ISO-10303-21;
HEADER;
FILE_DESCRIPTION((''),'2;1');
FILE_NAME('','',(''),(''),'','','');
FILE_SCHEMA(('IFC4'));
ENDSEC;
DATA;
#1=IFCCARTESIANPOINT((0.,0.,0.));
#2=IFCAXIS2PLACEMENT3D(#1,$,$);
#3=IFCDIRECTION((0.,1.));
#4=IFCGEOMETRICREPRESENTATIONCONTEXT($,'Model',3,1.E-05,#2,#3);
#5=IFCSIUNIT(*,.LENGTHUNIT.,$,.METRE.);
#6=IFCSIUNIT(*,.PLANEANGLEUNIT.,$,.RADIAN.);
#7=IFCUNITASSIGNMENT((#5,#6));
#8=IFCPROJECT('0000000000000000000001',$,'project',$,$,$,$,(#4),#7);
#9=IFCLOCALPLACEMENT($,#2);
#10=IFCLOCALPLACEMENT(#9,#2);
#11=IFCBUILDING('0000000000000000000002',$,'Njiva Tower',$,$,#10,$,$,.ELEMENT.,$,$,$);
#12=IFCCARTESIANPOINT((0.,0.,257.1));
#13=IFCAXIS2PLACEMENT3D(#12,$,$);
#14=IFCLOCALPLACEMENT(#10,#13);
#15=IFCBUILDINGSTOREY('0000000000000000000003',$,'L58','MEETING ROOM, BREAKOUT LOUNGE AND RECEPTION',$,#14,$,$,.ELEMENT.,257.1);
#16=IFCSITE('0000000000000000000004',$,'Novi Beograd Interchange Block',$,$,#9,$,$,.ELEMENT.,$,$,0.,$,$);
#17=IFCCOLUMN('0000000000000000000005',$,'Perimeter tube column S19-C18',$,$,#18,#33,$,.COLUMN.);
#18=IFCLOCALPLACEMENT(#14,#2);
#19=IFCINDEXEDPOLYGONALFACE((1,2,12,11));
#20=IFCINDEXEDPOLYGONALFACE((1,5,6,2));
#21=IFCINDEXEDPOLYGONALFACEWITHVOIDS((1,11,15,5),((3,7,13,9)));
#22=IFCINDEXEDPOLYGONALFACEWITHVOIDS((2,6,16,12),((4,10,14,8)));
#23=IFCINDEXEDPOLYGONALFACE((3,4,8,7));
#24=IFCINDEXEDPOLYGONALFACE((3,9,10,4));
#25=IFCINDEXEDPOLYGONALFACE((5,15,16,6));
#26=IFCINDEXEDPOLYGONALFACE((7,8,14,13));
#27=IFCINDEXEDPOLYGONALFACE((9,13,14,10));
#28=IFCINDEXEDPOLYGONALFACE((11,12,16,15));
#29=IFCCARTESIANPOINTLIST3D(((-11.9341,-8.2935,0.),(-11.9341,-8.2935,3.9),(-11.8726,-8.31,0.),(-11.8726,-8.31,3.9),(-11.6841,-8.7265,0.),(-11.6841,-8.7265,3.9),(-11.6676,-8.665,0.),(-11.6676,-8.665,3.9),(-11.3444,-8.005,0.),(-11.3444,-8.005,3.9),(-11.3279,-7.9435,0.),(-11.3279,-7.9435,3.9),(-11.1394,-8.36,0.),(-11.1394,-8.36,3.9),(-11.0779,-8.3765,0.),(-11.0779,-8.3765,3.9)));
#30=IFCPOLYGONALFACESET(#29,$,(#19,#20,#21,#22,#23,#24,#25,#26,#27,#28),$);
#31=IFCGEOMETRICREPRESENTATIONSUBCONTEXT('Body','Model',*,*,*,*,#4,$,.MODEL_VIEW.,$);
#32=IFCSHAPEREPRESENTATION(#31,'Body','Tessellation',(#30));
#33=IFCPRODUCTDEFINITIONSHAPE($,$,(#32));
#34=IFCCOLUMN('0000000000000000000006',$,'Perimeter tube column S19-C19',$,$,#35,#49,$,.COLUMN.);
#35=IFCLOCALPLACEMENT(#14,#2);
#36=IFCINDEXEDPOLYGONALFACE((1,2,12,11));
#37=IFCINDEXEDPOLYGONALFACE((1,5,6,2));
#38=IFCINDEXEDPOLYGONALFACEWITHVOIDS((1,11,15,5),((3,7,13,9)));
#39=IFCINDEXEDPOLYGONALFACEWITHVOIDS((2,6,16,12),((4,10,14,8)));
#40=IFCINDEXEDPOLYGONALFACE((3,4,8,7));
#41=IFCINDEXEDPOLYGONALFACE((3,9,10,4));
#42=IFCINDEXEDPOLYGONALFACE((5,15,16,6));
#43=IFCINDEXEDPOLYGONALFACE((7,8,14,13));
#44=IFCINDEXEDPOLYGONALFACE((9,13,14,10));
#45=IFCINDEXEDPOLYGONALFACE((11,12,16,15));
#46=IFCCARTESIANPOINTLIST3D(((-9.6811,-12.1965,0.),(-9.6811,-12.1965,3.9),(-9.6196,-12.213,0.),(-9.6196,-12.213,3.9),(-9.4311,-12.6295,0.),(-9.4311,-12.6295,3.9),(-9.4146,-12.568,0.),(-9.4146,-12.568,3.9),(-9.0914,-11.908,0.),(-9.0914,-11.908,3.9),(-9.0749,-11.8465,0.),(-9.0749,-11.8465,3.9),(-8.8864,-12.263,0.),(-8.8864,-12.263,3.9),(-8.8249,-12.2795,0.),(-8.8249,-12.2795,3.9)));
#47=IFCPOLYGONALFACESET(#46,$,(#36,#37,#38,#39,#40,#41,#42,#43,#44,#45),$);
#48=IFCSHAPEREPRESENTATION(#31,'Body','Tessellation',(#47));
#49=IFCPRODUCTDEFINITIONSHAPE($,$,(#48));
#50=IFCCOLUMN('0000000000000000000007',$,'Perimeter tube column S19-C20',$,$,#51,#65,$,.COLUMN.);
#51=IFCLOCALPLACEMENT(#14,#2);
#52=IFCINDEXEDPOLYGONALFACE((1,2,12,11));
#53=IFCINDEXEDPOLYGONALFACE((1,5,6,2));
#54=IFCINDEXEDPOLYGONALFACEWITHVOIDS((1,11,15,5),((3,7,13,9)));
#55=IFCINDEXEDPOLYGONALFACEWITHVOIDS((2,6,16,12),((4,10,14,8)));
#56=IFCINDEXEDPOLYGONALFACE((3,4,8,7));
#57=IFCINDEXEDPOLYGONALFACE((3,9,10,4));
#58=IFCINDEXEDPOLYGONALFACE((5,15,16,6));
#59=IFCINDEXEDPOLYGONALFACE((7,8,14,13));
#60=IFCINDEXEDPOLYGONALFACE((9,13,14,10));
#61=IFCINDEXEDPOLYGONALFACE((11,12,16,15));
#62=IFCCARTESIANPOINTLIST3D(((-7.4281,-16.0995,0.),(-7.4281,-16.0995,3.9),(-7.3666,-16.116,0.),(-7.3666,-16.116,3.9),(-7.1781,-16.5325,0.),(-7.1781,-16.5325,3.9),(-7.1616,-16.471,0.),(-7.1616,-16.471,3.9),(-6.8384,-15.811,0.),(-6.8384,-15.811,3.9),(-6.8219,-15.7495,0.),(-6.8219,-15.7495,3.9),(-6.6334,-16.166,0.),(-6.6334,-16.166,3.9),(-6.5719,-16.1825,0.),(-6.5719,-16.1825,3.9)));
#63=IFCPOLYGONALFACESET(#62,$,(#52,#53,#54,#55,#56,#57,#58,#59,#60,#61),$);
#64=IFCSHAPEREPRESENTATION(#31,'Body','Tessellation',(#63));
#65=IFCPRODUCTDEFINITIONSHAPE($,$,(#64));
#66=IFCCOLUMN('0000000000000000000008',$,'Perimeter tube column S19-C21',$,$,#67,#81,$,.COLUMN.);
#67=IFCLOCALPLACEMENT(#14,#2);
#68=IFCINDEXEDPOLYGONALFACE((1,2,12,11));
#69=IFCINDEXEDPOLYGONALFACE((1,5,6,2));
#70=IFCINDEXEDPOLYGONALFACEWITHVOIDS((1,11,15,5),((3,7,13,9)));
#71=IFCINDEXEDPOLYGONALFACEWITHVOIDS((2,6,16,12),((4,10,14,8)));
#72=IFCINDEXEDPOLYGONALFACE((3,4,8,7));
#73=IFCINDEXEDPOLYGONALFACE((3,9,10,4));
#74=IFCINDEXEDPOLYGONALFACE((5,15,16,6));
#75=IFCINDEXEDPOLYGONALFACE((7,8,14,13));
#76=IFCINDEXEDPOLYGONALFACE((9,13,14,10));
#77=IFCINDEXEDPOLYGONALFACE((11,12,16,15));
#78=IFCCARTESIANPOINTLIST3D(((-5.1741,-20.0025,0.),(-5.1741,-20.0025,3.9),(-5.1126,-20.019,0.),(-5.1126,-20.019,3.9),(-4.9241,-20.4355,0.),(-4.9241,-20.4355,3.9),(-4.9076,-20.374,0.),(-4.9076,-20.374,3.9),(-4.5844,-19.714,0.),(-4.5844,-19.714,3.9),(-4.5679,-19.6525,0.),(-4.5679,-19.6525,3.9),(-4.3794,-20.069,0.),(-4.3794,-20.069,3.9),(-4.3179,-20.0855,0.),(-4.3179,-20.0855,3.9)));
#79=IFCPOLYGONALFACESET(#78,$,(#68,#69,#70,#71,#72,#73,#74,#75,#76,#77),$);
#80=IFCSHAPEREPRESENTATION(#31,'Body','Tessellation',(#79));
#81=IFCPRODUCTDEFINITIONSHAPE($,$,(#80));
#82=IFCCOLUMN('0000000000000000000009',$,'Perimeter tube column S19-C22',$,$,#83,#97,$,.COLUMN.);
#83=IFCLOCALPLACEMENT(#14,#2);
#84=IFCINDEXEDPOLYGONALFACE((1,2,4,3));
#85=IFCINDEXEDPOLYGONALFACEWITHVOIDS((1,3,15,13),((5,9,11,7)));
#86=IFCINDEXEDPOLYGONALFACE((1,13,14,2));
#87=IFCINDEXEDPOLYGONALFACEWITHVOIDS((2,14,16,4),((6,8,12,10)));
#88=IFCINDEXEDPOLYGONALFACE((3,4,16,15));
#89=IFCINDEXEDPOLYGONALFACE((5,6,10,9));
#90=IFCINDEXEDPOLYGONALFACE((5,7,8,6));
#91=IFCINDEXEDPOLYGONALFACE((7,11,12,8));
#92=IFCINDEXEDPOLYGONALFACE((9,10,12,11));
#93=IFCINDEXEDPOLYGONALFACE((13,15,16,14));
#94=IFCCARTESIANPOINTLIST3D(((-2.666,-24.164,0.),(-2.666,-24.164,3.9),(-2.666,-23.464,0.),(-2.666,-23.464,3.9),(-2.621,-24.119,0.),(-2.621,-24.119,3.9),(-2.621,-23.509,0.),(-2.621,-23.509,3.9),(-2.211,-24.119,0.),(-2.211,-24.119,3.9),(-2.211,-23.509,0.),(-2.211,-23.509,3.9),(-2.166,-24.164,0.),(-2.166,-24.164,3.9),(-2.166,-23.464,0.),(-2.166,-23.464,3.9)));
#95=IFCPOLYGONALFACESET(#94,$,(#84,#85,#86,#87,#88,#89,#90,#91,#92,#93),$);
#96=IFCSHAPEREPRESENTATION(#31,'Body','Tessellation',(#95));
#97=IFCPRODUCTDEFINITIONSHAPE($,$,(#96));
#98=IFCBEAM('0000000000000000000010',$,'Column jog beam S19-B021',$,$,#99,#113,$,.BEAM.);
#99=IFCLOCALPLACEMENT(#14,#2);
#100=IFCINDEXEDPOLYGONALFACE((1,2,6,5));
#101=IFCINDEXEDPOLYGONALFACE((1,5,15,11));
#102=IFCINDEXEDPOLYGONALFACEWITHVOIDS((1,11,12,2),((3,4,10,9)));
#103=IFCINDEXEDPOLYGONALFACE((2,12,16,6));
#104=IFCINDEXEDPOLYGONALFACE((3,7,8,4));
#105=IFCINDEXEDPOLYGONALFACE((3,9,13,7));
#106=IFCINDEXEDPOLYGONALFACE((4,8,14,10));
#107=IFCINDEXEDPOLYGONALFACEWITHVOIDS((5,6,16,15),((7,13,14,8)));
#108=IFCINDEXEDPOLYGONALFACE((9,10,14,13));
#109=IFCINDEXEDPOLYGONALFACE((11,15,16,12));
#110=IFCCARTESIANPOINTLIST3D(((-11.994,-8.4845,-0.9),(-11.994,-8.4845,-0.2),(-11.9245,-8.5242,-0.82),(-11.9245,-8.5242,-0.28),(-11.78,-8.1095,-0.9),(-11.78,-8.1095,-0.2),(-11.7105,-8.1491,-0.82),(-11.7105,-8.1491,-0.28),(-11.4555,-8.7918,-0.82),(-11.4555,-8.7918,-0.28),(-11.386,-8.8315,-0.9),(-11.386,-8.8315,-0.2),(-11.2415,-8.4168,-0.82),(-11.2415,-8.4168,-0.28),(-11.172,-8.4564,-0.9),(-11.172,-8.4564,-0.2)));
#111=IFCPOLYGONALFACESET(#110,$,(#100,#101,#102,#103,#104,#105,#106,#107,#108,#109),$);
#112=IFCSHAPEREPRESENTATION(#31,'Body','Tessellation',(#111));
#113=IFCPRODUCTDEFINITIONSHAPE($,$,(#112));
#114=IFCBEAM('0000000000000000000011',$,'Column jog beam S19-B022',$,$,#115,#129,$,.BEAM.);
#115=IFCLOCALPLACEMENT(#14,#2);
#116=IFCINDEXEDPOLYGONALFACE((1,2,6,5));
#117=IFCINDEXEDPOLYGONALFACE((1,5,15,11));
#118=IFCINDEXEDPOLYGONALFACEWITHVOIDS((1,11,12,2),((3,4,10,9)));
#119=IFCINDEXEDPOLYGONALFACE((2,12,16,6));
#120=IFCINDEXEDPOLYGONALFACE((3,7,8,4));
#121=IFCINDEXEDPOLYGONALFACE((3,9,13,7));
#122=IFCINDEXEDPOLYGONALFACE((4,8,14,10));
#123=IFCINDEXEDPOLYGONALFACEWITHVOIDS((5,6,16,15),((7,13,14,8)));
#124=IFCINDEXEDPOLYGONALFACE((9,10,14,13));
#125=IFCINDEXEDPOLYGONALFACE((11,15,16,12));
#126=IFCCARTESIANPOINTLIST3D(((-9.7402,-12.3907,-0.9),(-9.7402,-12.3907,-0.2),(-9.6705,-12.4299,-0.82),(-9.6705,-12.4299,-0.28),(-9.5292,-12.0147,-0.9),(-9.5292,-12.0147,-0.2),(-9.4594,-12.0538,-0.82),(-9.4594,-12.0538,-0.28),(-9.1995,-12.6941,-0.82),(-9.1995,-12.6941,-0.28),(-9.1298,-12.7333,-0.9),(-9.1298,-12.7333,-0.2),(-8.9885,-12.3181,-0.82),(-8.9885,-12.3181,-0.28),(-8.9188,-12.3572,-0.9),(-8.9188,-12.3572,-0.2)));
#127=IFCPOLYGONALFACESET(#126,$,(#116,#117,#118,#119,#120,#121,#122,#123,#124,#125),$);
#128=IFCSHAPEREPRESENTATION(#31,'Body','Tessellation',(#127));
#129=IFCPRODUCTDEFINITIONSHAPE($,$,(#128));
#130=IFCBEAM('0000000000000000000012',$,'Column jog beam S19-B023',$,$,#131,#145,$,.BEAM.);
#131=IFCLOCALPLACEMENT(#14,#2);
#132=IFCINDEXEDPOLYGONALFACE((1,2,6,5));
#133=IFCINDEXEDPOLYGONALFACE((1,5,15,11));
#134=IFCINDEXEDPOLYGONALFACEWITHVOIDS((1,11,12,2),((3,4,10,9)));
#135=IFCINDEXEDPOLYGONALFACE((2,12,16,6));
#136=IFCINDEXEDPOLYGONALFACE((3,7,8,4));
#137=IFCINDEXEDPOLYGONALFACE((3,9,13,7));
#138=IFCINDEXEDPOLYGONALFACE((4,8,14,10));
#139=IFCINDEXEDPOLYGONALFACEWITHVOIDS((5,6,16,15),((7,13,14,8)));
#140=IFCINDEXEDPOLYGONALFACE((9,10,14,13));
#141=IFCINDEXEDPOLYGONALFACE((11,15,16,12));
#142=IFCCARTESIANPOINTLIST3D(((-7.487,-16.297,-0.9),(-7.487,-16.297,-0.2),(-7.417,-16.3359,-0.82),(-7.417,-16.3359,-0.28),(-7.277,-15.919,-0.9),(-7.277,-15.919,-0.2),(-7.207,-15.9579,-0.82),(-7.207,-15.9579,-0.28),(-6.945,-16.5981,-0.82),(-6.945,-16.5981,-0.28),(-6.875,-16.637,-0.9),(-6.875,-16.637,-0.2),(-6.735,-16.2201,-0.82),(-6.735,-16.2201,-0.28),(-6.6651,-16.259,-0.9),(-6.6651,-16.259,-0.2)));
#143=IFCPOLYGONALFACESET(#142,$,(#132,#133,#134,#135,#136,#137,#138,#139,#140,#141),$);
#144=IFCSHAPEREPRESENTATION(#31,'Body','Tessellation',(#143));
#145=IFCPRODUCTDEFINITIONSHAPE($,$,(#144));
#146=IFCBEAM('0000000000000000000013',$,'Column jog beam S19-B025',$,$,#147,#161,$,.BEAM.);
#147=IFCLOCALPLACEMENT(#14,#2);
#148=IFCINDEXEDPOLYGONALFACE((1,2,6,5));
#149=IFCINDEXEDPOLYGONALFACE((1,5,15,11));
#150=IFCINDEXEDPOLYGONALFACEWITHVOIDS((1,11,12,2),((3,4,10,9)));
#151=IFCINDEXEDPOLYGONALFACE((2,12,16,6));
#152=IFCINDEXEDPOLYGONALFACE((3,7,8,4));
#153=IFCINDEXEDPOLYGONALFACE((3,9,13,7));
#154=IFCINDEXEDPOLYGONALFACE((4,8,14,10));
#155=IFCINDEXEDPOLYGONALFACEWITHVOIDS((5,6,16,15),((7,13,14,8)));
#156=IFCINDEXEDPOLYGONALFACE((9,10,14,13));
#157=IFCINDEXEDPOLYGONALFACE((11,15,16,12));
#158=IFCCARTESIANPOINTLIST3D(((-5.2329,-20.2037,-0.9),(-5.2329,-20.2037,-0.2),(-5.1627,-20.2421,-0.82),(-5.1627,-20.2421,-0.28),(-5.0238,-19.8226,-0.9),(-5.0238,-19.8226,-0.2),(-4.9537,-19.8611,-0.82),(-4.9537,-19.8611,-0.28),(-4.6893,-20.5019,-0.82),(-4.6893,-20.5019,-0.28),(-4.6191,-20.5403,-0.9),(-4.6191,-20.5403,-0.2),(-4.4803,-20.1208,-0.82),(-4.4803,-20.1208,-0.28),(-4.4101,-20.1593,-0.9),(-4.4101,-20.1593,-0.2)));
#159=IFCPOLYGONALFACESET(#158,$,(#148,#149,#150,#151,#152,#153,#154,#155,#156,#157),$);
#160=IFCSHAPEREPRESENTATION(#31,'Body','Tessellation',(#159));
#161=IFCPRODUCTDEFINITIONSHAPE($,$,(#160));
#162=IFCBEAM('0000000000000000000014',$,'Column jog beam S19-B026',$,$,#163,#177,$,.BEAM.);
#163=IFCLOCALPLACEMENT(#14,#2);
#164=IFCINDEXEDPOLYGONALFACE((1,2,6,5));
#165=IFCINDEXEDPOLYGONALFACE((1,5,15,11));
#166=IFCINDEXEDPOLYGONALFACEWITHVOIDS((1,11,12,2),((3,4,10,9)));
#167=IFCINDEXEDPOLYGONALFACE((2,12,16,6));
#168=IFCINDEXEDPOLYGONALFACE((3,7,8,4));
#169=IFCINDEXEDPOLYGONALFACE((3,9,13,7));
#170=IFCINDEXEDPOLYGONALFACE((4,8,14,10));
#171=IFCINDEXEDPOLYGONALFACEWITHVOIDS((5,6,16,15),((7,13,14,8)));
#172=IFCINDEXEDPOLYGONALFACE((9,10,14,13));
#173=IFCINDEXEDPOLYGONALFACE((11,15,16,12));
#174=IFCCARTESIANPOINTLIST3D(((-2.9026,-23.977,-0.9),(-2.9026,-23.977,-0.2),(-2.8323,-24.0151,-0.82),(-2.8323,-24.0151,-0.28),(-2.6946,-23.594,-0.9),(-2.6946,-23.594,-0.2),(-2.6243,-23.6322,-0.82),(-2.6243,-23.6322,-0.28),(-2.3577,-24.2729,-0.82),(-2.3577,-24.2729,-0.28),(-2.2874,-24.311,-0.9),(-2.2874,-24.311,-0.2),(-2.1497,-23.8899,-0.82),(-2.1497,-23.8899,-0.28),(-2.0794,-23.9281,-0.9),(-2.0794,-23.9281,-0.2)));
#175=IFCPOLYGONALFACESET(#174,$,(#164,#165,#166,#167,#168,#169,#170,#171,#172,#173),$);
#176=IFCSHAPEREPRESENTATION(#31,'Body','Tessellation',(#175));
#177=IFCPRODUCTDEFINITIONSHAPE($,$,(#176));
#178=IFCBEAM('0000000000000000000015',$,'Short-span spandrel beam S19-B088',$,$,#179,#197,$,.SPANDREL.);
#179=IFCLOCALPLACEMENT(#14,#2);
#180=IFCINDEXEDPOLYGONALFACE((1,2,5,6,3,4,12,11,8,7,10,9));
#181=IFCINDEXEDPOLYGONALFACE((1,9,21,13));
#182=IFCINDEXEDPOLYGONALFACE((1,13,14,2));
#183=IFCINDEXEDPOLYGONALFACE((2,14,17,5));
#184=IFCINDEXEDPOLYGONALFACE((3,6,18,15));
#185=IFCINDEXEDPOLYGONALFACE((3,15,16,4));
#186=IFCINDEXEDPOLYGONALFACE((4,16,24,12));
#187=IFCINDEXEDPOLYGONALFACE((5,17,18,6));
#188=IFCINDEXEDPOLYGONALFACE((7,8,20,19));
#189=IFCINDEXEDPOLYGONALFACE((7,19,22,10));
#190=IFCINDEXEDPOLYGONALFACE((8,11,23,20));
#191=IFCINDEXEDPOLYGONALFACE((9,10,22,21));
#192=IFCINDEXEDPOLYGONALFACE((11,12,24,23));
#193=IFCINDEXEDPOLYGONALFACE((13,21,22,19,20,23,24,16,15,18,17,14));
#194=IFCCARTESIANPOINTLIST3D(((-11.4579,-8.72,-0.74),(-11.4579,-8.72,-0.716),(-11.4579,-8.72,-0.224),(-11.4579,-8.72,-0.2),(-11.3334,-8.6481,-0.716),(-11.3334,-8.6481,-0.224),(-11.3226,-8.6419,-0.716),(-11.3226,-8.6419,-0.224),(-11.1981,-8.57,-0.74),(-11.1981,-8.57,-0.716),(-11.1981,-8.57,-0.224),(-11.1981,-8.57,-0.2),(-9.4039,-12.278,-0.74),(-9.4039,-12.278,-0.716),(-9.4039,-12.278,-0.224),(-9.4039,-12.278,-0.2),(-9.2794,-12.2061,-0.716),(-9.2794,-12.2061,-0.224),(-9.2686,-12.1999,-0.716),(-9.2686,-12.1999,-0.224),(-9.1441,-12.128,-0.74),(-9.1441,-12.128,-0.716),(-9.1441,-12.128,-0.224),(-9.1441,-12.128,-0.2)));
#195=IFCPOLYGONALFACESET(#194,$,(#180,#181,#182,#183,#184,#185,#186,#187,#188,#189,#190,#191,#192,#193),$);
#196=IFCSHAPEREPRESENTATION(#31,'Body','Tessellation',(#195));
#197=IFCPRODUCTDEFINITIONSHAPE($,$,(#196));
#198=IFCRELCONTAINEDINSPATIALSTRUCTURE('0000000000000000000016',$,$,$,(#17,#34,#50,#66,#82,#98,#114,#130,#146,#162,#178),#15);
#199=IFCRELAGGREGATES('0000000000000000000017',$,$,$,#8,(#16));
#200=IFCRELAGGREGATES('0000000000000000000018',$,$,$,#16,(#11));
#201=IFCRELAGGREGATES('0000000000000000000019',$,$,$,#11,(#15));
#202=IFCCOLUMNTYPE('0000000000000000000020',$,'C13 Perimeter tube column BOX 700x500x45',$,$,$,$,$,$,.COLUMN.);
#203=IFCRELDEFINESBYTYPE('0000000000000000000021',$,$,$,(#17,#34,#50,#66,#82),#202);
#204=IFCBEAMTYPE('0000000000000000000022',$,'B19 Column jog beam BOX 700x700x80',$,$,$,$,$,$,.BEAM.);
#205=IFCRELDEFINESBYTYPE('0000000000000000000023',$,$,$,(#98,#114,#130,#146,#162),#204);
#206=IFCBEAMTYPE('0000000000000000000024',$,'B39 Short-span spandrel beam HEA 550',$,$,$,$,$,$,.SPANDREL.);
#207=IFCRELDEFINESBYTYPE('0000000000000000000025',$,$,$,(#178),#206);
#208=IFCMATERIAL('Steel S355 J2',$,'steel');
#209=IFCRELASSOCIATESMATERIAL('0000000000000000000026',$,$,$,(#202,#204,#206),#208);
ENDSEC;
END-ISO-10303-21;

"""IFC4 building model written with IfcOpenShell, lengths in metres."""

from ifc_helpers import new_model, si_unit, direction, frame, origin, origin_2d, place, context, subcontext, project, spatial, hollow_rectangle, i_section, extrude, material, material_profile, profile_set, type_object, element, save


model = new_model("IFC4")

# Units and contexts
model_context = context("Model", 3, precision=1e-05, world=origin(), true_north=direction((0.0, 1.0)))
body_context = subcontext(model_context, "Body", "Model", "MODEL_VIEW")
ifc_project = project(units=[si_unit("LENGTHUNIT", "METRE"), si_unit("PLANEANGLEUNIT", "RADIAN")], contexts=[model_context])

# Site, building, storey
site_placement = place(None, origin())
site = spatial("IfcSite", under=ifc_project, at=site_placement, Name="Novi Beograd Interchange Block", CompositionType="ELEMENT", RefElevation=0.0)
building_placement = place(site_placement, origin())
building = spatial("IfcBuilding", under=site, at=building_placement, Name="Njiva Tower", CompositionType="ELEMENT")
storey_placement = place(building_placement, frame((0.0, 0.0, 257.1)))
storey = spatial("IfcBuildingStorey", under=building, at=storey_placement, Name="L58", Description="MEETING ROOM, BREAKOUT LOUNGE AND RECEPTION", CompositionType="ELEMENT", Elevation=257.1)

# Columns
ifc_material_1 = material(Name="Steel S355 J2", Category="steel")
ifc_material_profile_1 = material_profile(ifc_material_1, hollow_rectangle(XDim=0.5, YDim=0.7, WallThickness=0.045, at=origin_2d()), Name="BOX 700x500x45")
ifc_profile_set_1 = profile_set([ifc_material_profile_1], Name="Steel S355 J2")
column_type = type_object("IfcColumnType", Name="C13 Perimeter tube column BOX 700x500x45", PredefinedType="COLUMN", material=ifc_profile_set_1)
for number, where, z_axis, x_axis, name in (
    (1, (-11.506, -8.335, 0.0), (0.0, 0.0, 1.0), (0.5, -0.866025, 0.0), "Perimeter tube column S19-C18"),
    (2, (-9.253, -12.238, 0.0), (0.0, 0.0, 1.0), (0.5, -0.866025, 0.0), "Perimeter tube column S19-C19"),
    (3, (-7.0, -16.141, 0.0), (0.0, 0.0, 1.0), (0.5, -0.866025, 0.0), "Perimeter tube column S19-C20"),
    (4, (-4.746, -20.044, 0.0), (0.0, 0.0, 1.0), (0.5, -0.866025, 0.0), "Perimeter tube column S19-C21"),
    (5, (-2.416, -23.814, 0.0), (0.0, 0.0, 1.0), (1.0, 0.0, 0.0), "Perimeter tube column S19-C22"),
):
    element("IfcColumn", number, at=place(storey_placement, frame(where, z_axis=z_axis, x_axis=x_axis)), inside=storey, type_object=column_type, Name=name, PredefinedType="COLUMN", context=body_context, shape_type="SweptSolid", body=[
        extrude(hollow_rectangle(XDim=0.5, YDim=0.7, WallThickness=0.045, at=origin_2d()), origin(), (0.0, 0.0, 1.0), 3.9),
    ])

# Beams
ifc_material_profile_2 = material_profile(ifc_material_1, hollow_rectangle(XDim=0.7, YDim=0.7, WallThickness=0.08, at=origin_2d()), Name="BOX 700x700x80")
ifc_profile_set_2 = profile_set([ifc_material_profile_2], Name="Steel S355 J2")
beam_type_1 = type_object("IfcBeamType", Name="B19 Column jog beam BOX 700x700x80", PredefinedType="BEAM", material=ifc_profile_set_2)
beam_1_placement = place(storey_placement, frame((-11.69, -8.658, -0.55), z_axis=(0.49564, 0.868528, 0.0), x_axis=(-0.868528, 0.49564, 0.0)))
element("IfcBeam", 6, at=beam_1_placement, inside=storey, type_object=beam_type_1, Name="Column jog beam S19-B021", PredefinedType="BEAM", context=body_context, shape_type="SweptSolid", body=[
    extrude(hollow_rectangle(XDim=0.7, YDim=0.7, WallThickness=0.08, at=origin_2d()), origin(), (0.0, 0.0, 1.0), 0.4318),
])
beam_2_placement = place(storey_placement, frame((-9.435, -12.562, -0.55), z_axis=(0.48938, 0.872071, 0.0), x_axis=(-0.872071, 0.48938, 0.0)))
element("IfcBeam", 7, at=beam_2_placement, inside=storey, type_object=beam_type_1, Name="Column jog beam S19-B022", PredefinedType="BEAM", context=body_context, shape_type="SweptSolid", body=[
    extrude(hollow_rectangle(XDim=0.7, YDim=0.7, WallThickness=0.08, at=origin_2d()), origin(), (0.0, 0.0, 1.0), 0.4312),
])
beam_3_placement = place(storey_placement, frame((-7.181, -16.467, -0.55), z_axis=(0.485643, 0.874157, 0.0), x_axis=(-0.874157, 0.485643, 0.0)))
element("IfcBeam", 8, at=beam_3_placement, inside=storey, type_object=beam_type_1, Name="Column jog beam S19-B023", PredefinedType="BEAM", context=body_context, shape_type="SweptSolid", body=[
    extrude(hollow_rectangle(XDim=0.7, YDim=0.7, WallThickness=0.08, at=origin_2d()), origin(), (0.0, 0.0, 1.0), 0.4324),
])
beam_4_placement = place(storey_placement, frame((-4.926, -20.372, -0.55), z_axis=(0.480947, 0.87675, 0.0), x_axis=(-0.87675, 0.480947, 0.0)))
element("IfcBeam", 9, at=beam_4_placement, inside=storey, type_object=beam_type_1, Name="Column jog beam S19-B025", PredefinedType="BEAM", context=body_context, shape_type="SweptSolid", body=[
    extrude(hollow_rectangle(XDim=0.7, YDim=0.7, WallThickness=0.08, at=origin_2d()), origin(), (0.0, 0.0, 1.0), 0.4346),
])
beam_5_placement = place(storey_placement, frame((-2.595, -24.144, -0.55), z_axis=(0.477244, 0.878771, 0.0), x_axis=(-0.878771, 0.477244, 0.0)))
element("IfcBeam", 10, at=beam_5_placement, inside=storey, type_object=beam_type_1, Name="Column jog beam S19-B026", PredefinedType="BEAM", context=body_context, shape_type="SweptSolid", body=[
    extrude(hollow_rectangle(XDim=0.7, YDim=0.7, WallThickness=0.08, at=origin_2d()), origin(), (0.0, 0.0, 1.0), 0.4358),
])
ifc_material_profile_3 = material_profile(ifc_material_1, i_section(OverallWidth=0.3, OverallDepth=0.54, WebThickness=0.0125, FlangeThickness=0.024, at=origin_2d()), Name="HEA 550")
ifc_profile_set_3 = profile_set([ifc_material_profile_3], Name="Steel S355 J2")
beam_type_2 = type_object("IfcBeamType", Name="B39 Short-span spandrel beam HEA 550", PredefinedType="SPANDREL", material=ifc_profile_set_3)
beam_6_placement = place(storey_placement, frame((-11.328, -8.645, -0.47), z_axis=(0.499961, -0.866048, 0.0), x_axis=(0.866048, 0.499961, 0.0)))
element("IfcBeam", 11, at=beam_6_placement, inside=storey, type_object=beam_type_2, Name="Short-span spandrel beam S19-B088", PredefinedType="SPANDREL", context=body_context, shape_type="SweptSolid", body=[
    extrude(i_section(OverallWidth=0.3, OverallDepth=0.54, WebThickness=0.0125, FlangeThickness=0.024, at=origin_2d()), origin(), (0.0, 0.0, 1.0), 4.1083),
])

save(model, "model.ifc")
